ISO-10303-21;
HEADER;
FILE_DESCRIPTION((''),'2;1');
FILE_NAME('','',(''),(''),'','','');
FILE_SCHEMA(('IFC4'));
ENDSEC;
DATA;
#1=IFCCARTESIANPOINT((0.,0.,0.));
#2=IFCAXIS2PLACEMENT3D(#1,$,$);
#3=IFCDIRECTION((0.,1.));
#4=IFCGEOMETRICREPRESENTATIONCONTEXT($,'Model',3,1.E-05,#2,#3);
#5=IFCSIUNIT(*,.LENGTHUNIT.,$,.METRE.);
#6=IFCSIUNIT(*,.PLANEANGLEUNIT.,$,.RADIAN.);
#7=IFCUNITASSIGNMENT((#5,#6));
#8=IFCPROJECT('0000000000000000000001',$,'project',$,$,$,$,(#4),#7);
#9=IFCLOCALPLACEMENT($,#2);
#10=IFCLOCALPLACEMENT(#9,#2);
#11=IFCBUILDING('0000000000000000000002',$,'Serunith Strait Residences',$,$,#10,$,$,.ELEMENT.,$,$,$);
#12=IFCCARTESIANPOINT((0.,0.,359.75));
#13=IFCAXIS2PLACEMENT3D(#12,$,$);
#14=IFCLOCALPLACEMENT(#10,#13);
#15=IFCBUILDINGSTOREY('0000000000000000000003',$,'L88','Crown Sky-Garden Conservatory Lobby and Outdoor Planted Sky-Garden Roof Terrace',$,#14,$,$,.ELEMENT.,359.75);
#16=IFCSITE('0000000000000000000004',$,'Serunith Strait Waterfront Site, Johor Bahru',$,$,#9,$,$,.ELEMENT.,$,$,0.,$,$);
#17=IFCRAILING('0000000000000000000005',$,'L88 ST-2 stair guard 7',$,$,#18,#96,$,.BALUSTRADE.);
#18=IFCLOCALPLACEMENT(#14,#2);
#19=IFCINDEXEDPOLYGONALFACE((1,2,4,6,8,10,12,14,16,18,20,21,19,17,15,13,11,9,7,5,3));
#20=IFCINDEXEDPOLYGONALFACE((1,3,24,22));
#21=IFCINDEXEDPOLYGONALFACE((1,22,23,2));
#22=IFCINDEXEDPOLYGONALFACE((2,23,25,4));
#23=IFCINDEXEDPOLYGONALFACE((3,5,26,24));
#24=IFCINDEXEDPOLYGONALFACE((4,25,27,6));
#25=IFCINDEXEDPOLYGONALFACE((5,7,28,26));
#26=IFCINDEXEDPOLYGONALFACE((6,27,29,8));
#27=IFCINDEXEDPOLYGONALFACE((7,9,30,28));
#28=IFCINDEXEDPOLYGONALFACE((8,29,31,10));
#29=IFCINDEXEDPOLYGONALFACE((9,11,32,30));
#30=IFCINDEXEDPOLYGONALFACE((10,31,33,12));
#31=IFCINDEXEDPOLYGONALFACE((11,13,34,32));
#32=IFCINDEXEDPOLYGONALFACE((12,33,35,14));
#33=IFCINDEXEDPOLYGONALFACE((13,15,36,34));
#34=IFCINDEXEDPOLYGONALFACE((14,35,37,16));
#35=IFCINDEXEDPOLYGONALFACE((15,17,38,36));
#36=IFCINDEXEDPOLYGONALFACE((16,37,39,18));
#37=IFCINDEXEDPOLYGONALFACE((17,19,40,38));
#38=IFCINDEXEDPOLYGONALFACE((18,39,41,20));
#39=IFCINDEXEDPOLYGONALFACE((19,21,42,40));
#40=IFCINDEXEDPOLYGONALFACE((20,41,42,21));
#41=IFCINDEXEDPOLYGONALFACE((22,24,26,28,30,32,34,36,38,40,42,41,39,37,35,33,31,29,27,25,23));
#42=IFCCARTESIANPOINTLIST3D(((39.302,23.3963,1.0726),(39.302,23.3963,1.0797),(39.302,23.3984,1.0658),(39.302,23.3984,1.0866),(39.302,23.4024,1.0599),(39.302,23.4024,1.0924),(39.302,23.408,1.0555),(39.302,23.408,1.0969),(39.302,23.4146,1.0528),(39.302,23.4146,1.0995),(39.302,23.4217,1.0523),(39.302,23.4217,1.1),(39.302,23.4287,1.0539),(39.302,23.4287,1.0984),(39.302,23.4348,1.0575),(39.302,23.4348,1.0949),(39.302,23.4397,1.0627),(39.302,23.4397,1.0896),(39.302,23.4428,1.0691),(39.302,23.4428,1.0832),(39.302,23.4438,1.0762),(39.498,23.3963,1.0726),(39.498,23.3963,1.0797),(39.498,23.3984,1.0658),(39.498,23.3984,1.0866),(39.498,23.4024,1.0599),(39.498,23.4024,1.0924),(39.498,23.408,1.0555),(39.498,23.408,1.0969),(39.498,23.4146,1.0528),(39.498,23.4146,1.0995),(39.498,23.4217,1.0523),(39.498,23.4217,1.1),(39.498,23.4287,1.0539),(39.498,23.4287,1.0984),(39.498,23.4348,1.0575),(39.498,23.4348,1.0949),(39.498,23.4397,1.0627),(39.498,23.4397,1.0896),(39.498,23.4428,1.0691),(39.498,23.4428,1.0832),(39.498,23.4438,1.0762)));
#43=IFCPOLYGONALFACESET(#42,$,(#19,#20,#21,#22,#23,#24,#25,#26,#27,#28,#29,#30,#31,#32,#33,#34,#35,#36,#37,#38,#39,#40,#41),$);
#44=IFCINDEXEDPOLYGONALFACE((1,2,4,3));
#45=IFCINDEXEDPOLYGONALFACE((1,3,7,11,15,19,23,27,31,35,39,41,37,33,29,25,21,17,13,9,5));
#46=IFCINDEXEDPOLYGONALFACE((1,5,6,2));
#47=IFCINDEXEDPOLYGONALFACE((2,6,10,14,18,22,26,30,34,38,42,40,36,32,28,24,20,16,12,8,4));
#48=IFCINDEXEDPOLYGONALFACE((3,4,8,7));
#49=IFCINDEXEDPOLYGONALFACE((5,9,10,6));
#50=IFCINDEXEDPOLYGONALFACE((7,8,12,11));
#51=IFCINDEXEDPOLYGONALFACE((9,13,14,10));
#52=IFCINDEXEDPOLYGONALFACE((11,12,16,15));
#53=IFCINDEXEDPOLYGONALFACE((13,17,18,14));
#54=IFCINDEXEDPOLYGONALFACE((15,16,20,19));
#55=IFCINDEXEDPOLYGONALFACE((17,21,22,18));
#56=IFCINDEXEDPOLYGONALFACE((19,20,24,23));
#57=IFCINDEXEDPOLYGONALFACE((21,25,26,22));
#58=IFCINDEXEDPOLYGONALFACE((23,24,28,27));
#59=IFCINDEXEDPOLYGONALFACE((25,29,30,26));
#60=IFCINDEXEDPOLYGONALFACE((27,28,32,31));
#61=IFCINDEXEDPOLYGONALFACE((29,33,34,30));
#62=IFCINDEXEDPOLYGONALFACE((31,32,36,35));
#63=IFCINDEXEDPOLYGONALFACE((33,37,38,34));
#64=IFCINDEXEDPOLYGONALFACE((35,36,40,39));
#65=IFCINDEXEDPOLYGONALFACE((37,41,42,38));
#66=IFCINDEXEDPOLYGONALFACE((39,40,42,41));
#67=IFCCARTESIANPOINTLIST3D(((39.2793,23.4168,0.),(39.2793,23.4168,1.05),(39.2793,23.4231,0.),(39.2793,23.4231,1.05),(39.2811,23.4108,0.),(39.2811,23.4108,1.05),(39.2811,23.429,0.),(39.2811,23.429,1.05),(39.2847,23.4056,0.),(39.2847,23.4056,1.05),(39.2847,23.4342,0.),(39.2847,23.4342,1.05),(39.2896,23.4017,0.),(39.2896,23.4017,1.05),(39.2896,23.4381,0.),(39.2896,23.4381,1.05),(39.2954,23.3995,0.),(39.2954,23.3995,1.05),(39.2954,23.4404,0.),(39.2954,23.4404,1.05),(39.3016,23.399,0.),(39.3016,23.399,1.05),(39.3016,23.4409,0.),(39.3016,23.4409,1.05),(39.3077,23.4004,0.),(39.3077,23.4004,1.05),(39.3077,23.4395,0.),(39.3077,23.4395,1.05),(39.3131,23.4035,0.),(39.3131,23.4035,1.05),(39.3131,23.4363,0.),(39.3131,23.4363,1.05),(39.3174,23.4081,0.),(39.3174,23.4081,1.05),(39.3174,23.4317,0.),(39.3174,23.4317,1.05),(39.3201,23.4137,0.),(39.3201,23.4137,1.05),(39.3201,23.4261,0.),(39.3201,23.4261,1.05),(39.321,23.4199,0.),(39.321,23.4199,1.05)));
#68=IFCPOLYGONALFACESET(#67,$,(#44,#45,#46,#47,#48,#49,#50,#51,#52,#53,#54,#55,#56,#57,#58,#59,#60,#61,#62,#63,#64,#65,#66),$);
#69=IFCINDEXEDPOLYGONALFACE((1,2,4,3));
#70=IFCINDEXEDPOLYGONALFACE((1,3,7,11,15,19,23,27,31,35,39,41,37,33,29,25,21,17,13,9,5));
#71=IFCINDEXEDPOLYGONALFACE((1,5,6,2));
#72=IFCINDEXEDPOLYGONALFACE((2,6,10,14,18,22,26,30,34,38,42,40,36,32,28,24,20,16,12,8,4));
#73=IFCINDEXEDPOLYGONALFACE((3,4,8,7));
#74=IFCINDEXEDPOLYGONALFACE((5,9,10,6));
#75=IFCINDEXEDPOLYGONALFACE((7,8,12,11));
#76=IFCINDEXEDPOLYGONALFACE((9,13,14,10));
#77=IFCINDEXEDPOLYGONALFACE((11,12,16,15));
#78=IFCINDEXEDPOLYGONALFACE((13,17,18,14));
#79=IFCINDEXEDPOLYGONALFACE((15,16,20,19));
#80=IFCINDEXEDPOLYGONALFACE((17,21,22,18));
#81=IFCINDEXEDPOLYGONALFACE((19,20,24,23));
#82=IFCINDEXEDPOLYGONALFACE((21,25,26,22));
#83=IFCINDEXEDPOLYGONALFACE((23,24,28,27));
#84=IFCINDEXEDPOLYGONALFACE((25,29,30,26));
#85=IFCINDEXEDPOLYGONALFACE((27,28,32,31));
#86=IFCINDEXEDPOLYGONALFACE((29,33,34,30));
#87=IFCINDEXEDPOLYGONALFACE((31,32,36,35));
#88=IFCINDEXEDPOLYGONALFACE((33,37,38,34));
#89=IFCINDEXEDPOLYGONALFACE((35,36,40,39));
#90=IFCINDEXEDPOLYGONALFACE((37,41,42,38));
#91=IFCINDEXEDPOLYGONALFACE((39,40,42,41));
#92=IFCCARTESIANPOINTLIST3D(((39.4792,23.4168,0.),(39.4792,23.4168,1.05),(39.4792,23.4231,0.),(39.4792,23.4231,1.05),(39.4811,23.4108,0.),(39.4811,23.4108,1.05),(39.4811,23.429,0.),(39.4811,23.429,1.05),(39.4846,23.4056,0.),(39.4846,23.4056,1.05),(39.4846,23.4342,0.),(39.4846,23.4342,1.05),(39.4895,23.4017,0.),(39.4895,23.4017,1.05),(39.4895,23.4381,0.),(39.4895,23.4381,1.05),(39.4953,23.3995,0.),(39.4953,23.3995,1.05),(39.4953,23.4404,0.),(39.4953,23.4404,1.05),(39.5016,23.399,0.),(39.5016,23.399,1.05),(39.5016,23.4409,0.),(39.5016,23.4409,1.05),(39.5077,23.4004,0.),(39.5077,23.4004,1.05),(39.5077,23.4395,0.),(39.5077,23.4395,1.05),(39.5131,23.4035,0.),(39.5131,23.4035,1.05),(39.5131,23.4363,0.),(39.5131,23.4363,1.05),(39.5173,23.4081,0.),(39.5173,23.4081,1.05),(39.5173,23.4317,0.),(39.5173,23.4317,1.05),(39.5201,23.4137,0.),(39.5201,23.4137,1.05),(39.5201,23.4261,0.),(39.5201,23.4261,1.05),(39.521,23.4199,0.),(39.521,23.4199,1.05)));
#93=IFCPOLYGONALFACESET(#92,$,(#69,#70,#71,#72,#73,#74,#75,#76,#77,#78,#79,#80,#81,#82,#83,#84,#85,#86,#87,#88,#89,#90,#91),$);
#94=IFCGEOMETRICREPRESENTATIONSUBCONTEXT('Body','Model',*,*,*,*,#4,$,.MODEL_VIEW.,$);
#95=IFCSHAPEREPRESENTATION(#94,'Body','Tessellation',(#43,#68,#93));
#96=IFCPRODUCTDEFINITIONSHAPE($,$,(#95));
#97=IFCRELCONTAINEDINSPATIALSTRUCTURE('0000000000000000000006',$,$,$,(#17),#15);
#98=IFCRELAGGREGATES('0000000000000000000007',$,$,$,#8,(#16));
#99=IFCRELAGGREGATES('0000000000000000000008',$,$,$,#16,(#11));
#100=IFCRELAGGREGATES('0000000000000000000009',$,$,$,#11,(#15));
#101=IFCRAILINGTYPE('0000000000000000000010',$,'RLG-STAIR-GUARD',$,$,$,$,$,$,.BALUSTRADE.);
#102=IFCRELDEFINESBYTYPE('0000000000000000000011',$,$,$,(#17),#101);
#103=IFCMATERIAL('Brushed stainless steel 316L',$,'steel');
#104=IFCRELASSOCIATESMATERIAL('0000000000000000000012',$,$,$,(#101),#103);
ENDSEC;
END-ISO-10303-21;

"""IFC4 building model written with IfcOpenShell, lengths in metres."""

from ifc_helpers import new_model, si_unit, direction, frame, origin, origin_2d, place, context, subcontext, project, spatial, circle, extrude, material, type_object, element, save


model = new_model("IFC4")

# Units and contexts
model_context = context("Model", 3, precision=1e-05, world=origin(), true_north=direction((0.0, 1.0)))
body_context = subcontext(model_context, "Body", "Model", "MODEL_VIEW")
ifc_project = project(units=[si_unit("LENGTHUNIT", "METRE"), si_unit("PLANEANGLEUNIT", "RADIAN")], contexts=[model_context])

# Site, building, storey
site_placement = place(None, origin())
site = spatial("IfcSite", under=ifc_project, at=site_placement, Name="Serunith Strait Waterfront Site, Johor Bahru", CompositionType="ELEMENT", RefElevation=0.0)
building_placement = place(site_placement, origin())
building = spatial("IfcBuilding", under=site, at=building_placement, Name="Serunith Strait Residences", CompositionType="ELEMENT")
storey_placement = place(building_placement, frame((0.0, 0.0, 359.75)))
storey = spatial("IfcBuildingStorey", under=building, at=storey_placement, Name="L88", Description="Crown Sky-Garden Conservatory Lobby and Outdoor Planted Sky-Garden Roof Terrace", CompositionType="ELEMENT", Elevation=359.75)

# Railing
ifc_material_1 = material(Name="Brushed stainless steel 316L", Category="steel")
railing_type_1 = type_object("IfcRailingType", Name="RLG-STAIR-GUARD", PredefinedType="BALUSTRADE", material=ifc_material_1)
railing_1_placement = place(storey_placement, frame((39.3, 23.4199, 0.0)))
element("IfcRailing", 1, at=railing_1_placement, inside=storey, type_object=railing_type_1, Name="L88 ST-2 stair guard 7", PredefinedType="BALUSTRADE", context=body_context, shape_type="SweptSolid", body=[
    extrude(circle(Radius=0.0239, at=origin_2d()), frame((0.002, 0.0, 1.0762), z_axis=(1.0, 0.0, 0.0), x_axis=(0.0, 1.0, 0.0)), (0.0, 0.0, 1.0), 0.196),
    extrude(circle(Radius=0.021, at=origin_2d()), origin(), (0.0, 0.0, 1.0), 1.05),
    extrude(circle(Radius=0.021, at=origin_2d()), frame((0.2, 0.0, 0.0)), (0.0, 0.0, 1.0), 1.05),
])

save(model, "model.ifc")
